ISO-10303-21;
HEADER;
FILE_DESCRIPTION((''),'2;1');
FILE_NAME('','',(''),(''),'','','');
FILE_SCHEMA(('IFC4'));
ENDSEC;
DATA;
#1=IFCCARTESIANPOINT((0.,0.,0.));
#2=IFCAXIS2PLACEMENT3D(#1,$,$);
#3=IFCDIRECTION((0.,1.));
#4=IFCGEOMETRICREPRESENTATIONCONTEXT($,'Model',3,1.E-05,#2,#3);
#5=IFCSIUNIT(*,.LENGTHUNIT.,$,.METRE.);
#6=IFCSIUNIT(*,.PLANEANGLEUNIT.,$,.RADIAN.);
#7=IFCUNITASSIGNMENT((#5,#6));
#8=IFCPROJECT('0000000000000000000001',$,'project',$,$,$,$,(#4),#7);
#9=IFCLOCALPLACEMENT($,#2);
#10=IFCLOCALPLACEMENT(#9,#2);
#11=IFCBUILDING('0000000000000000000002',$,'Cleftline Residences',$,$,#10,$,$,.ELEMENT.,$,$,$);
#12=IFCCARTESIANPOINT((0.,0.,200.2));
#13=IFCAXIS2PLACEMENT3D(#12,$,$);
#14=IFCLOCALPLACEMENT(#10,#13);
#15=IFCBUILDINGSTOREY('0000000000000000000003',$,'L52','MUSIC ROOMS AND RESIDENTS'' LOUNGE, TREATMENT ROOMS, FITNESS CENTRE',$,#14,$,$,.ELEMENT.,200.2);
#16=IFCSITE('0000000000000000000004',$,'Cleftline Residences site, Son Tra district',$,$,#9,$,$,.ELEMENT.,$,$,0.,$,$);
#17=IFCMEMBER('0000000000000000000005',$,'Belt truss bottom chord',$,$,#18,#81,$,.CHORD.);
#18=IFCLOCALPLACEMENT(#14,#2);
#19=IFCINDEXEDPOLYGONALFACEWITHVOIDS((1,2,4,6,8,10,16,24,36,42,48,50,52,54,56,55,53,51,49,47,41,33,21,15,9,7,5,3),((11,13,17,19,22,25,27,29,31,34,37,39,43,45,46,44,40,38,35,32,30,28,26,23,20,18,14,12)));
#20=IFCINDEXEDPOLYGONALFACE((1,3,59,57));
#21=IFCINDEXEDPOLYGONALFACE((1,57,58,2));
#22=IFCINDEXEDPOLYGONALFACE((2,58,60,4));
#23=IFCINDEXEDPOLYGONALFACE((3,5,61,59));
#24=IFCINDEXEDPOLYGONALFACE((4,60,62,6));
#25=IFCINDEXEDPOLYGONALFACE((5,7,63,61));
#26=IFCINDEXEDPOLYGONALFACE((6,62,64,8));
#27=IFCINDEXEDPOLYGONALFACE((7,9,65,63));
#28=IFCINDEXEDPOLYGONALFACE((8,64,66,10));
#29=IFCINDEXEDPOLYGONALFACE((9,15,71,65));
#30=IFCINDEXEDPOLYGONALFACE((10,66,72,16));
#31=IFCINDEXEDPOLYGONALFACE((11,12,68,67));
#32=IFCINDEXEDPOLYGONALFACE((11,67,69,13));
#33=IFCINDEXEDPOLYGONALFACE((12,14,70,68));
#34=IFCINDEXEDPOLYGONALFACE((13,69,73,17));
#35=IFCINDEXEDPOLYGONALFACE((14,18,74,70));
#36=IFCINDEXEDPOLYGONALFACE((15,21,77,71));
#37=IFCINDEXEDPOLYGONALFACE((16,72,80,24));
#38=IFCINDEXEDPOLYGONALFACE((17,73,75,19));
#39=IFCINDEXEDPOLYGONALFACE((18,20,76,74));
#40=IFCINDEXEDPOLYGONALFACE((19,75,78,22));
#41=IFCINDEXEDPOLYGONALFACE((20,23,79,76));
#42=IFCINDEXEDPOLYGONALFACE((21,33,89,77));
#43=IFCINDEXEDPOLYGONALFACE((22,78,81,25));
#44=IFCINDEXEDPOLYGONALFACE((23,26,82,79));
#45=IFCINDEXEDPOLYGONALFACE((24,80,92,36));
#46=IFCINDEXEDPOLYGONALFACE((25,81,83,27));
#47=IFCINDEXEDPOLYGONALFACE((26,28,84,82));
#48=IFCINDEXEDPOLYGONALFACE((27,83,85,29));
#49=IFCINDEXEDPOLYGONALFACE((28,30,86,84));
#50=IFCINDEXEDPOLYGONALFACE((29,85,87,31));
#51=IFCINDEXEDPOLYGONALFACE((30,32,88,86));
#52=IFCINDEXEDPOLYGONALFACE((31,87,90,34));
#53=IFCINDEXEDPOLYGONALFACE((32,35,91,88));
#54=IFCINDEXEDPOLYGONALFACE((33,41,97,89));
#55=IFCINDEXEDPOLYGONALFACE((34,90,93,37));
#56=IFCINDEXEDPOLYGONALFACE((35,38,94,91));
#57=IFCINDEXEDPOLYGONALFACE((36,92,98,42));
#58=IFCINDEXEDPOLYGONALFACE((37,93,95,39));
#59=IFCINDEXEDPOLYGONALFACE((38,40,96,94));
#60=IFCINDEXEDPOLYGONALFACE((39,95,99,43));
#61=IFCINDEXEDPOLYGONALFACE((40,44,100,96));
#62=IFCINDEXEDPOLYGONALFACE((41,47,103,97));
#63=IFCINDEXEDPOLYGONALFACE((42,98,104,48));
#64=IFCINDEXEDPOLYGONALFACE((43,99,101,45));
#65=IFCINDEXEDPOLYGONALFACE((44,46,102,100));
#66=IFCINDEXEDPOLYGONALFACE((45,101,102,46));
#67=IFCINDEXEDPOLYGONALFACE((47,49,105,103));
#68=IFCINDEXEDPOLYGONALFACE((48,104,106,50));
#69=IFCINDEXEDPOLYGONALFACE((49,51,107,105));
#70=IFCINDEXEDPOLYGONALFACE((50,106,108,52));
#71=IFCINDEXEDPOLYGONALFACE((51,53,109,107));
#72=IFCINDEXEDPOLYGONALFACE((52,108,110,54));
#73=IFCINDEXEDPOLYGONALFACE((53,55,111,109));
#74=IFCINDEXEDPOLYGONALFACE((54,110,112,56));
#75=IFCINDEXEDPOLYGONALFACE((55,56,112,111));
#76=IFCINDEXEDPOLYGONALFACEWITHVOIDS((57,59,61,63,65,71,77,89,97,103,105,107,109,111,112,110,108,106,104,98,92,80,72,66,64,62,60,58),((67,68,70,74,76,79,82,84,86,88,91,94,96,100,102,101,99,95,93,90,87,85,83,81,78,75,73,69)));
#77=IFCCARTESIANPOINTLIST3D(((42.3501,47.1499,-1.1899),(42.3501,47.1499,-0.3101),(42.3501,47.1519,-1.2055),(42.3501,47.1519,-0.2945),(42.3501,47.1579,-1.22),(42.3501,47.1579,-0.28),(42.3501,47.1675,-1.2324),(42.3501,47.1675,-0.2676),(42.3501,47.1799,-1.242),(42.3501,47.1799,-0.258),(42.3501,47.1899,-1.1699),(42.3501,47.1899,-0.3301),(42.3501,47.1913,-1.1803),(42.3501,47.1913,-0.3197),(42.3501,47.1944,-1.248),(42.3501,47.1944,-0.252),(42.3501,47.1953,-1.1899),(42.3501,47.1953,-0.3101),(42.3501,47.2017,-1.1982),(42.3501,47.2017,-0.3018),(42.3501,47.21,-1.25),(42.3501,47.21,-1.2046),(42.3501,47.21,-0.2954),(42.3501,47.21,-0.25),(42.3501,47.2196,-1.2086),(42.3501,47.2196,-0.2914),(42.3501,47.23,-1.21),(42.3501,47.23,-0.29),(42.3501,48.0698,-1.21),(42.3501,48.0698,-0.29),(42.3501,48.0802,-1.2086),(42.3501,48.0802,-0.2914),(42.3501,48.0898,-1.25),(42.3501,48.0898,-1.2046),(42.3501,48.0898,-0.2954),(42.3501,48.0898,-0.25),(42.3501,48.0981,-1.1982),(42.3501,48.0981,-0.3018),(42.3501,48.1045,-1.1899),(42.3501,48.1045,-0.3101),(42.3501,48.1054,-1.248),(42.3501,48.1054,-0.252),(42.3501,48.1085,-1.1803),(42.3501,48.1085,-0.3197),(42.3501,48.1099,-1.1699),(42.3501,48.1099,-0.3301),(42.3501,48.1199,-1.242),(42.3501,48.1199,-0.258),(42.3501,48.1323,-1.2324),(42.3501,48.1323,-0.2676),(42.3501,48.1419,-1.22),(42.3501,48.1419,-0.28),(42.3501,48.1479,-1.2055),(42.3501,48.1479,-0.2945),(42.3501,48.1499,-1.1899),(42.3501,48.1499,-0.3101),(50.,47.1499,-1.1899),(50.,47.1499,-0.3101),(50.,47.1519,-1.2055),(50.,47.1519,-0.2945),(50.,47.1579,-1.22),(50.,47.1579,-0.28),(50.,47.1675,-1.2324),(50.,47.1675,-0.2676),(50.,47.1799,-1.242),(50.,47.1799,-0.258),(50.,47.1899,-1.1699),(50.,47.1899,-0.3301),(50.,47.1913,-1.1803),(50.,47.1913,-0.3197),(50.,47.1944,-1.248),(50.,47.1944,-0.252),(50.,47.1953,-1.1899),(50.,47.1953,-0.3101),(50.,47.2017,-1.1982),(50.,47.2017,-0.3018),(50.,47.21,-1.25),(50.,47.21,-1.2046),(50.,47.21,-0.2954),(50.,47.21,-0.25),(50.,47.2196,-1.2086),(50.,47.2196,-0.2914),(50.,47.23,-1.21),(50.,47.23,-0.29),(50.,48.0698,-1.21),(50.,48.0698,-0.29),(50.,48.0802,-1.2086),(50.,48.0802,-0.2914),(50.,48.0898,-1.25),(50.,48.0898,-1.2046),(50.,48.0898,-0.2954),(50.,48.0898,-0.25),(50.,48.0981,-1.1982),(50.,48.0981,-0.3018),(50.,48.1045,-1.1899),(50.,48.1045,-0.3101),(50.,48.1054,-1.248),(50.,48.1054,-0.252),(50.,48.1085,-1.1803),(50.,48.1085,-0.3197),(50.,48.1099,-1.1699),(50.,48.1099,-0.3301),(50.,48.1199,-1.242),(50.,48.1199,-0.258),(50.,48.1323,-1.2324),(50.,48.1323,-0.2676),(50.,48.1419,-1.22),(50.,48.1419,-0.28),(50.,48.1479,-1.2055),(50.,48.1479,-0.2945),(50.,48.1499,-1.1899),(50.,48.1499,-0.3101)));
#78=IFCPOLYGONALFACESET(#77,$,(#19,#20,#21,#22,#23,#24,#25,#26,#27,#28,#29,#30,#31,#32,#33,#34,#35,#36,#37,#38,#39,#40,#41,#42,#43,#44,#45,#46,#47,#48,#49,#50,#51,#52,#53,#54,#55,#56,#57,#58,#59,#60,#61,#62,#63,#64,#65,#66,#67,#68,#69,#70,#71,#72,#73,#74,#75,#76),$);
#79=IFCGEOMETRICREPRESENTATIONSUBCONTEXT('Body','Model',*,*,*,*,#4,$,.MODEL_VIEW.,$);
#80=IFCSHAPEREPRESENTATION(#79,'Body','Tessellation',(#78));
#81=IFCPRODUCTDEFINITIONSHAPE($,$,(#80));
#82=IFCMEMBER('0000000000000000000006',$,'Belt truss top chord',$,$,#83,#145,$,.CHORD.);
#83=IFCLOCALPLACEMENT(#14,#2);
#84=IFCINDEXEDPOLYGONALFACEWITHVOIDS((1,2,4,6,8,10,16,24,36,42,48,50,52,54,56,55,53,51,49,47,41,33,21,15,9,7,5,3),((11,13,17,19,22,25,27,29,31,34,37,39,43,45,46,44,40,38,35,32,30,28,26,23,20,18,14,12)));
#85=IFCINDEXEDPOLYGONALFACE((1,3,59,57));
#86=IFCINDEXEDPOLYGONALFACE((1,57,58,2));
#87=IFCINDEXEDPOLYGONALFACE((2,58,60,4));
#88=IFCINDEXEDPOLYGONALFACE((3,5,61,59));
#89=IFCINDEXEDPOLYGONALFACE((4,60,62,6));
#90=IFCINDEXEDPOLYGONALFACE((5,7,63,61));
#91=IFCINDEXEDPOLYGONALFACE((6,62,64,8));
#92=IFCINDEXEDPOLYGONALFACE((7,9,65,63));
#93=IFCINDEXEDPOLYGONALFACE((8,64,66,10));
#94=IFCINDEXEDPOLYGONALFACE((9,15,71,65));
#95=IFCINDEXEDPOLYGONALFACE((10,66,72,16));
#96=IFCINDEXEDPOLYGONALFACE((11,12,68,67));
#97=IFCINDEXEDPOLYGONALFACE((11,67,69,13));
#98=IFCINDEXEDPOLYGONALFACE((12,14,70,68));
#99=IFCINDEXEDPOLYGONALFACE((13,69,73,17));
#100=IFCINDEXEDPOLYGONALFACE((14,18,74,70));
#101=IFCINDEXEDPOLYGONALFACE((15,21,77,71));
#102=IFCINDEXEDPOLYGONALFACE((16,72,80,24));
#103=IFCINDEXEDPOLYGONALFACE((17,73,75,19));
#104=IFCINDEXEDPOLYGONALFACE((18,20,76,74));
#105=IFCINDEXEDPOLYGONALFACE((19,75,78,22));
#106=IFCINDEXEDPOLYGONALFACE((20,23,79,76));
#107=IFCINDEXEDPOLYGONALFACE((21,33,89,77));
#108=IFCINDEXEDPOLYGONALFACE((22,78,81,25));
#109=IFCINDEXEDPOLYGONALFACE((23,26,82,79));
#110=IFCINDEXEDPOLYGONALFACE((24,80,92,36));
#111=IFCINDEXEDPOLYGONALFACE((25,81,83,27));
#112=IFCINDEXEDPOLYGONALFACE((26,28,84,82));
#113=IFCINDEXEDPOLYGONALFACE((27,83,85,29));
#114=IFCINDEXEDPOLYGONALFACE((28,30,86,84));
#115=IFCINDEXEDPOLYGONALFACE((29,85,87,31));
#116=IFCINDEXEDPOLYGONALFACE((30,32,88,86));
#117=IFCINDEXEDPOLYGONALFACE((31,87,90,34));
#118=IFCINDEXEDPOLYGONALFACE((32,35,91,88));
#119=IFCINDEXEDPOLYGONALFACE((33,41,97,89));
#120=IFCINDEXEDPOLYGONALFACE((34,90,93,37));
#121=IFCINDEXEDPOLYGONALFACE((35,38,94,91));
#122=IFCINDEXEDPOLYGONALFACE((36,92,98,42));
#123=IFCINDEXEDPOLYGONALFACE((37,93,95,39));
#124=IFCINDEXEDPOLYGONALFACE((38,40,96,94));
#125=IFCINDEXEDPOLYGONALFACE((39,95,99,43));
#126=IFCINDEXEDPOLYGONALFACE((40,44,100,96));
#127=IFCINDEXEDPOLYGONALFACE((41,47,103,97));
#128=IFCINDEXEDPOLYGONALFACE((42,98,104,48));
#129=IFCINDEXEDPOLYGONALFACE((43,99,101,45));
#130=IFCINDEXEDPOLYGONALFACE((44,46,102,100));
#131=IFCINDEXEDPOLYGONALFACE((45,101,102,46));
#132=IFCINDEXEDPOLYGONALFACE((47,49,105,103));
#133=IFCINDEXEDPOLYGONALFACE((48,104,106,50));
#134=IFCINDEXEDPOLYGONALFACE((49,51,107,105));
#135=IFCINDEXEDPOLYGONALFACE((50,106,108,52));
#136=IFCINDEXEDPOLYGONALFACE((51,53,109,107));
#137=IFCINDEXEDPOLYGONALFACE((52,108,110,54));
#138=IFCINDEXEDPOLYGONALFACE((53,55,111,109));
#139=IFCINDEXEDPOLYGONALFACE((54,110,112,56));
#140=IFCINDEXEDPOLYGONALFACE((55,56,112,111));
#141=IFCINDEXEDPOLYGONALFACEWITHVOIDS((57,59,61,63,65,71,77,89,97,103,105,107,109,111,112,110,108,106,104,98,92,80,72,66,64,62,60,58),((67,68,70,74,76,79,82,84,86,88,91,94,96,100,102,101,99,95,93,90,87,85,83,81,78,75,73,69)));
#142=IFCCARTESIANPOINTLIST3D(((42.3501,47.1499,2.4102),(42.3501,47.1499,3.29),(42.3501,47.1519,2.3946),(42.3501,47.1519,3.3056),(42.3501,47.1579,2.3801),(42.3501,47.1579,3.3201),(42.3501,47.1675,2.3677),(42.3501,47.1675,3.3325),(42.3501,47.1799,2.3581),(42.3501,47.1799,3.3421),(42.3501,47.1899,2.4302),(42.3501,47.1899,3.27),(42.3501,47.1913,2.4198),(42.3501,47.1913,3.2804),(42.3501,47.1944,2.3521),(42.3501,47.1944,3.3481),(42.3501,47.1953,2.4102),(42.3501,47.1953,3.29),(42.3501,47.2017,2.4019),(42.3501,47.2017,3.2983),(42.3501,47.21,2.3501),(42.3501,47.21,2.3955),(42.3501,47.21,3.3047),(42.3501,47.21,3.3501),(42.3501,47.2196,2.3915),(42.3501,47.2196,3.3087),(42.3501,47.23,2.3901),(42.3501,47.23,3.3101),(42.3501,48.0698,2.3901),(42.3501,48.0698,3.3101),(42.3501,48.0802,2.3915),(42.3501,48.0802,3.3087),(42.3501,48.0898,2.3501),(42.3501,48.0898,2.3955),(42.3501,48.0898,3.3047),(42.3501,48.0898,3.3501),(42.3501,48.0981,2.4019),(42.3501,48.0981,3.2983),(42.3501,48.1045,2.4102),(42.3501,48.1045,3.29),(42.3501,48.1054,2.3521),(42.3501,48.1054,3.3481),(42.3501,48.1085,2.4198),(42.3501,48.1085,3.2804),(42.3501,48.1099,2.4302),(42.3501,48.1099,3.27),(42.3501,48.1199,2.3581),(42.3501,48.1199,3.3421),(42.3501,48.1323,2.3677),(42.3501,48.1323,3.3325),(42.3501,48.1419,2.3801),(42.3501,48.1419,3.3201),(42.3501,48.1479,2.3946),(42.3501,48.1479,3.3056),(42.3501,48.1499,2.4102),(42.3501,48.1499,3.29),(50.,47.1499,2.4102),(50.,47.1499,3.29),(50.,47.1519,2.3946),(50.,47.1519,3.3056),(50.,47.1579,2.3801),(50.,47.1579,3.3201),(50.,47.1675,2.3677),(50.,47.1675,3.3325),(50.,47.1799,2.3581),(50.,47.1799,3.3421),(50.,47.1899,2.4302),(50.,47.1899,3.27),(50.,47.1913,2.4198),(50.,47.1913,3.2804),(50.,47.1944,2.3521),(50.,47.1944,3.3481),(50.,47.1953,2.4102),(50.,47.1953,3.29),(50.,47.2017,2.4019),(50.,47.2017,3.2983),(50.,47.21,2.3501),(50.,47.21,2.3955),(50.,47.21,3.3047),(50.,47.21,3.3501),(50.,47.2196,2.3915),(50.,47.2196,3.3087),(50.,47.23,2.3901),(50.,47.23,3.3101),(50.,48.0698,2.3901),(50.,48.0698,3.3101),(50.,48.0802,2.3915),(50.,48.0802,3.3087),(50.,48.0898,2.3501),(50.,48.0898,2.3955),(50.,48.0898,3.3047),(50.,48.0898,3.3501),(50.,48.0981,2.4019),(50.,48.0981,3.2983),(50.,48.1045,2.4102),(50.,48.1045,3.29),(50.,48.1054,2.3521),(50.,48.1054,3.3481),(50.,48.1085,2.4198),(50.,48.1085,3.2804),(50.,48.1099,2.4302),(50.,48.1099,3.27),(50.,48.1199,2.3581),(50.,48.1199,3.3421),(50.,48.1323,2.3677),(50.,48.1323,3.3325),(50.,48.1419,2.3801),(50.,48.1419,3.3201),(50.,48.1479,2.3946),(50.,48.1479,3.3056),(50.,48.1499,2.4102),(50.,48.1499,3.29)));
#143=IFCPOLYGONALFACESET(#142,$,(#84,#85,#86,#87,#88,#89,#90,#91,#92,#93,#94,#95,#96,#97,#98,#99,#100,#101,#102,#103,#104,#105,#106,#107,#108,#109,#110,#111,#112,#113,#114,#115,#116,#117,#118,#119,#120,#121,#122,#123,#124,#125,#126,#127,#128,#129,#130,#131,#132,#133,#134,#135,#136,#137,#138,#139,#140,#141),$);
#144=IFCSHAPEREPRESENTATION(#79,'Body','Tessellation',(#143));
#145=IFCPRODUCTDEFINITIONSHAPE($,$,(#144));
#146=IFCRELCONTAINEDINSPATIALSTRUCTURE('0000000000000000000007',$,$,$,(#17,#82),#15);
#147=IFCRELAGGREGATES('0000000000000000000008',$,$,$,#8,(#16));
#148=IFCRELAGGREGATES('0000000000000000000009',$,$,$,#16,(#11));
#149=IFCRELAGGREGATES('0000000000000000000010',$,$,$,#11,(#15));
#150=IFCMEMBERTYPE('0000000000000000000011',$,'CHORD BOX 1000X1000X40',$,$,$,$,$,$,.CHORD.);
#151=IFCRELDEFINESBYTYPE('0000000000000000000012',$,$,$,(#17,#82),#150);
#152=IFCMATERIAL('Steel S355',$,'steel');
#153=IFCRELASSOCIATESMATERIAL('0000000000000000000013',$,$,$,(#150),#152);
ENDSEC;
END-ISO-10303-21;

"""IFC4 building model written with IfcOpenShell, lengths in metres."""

from ifc_helpers import new_model, si_unit, direction, frame, origin, origin_2d, place, context, subcontext, project, spatial, hollow_rectangle, extrude, material, material_profile, profile_set, type_object, element, save


model = new_model("IFC4")

# Units and contexts
model_context = context("Model", 3, precision=1e-05, world=origin(), true_north=direction((0.0, 1.0)))
body_context = subcontext(model_context, "Body", "Model", "MODEL_VIEW")
ifc_project = project(units=[si_unit("LENGTHUNIT", "METRE"), si_unit("PLANEANGLEUNIT", "RADIAN")], contexts=[model_context])

# Site, building, storey
site_placement = place(None, origin())
site = spatial("IfcSite", under=ifc_project, at=site_placement, Name="Cleftline Residences site, Son Tra district", CompositionType="ELEMENT", RefElevation=0.0)
building_placement = place(site_placement, origin())
building = spatial("IfcBuilding", under=site, at=building_placement, Name="Cleftline Residences", CompositionType="ELEMENT")
storey_placement = place(building_placement, frame((0.0, 0.0, 200.2)))
storey = spatial("IfcBuildingStorey", under=building, at=storey_placement, Name="L52", Description="MUSIC ROOMS AND RESIDENTS' LOUNGE, TREATMENT ROOMS, FITNESS CENTRE", CompositionType="ELEMENT", Elevation=200.2)

# Members
ifc_material_1 = material(Name="Steel S355", Category="steel")
ifc_material_profile_1 = material_profile(ifc_material_1, hollow_rectangle(XDim=1.0, YDim=1.0, WallThickness=0.04, InnerFilletRadius=0.04, OuterFilletRadius=0.0601, at=origin_2d()))
ifc_profile_set_1 = profile_set([ifc_material_profile_1], Name="Steel S355")
member_type_1 = type_object("IfcMemberType", Name="CHORD BOX 1000X1000X40", PredefinedType="CHORD", material=ifc_profile_set_1)
for number, where, z_axis, x_axis, name in (
    (1, (42.3501, 47.6499, -0.75), (1.0, 0.0, 0.0), (0.0, 1.0, 0.0), "Belt truss bottom chord"),
    (2, (42.3501, 47.6499, 2.8501), (1.0, 0.0, 0.0), (0.0, 1.0, 0.0), "Belt truss top chord"),
):
    element("IfcMember", number, at=place(storey_placement, frame(where, z_axis=z_axis, x_axis=x_axis)), inside=storey, type_object=member_type_1, Name=name, PredefinedType="CHORD", context=body_context, shape_type="SweptSolid", body=[
        extrude(hollow_rectangle(XDim=1.0, YDim=1.0, WallThickness=0.04, InnerFilletRadius=0.04, OuterFilletRadius=0.0601, at=origin_2d()), origin(), (0.0, 0.0, 1.0), 7.6499),
    ])

save(model, "model.ifc")
